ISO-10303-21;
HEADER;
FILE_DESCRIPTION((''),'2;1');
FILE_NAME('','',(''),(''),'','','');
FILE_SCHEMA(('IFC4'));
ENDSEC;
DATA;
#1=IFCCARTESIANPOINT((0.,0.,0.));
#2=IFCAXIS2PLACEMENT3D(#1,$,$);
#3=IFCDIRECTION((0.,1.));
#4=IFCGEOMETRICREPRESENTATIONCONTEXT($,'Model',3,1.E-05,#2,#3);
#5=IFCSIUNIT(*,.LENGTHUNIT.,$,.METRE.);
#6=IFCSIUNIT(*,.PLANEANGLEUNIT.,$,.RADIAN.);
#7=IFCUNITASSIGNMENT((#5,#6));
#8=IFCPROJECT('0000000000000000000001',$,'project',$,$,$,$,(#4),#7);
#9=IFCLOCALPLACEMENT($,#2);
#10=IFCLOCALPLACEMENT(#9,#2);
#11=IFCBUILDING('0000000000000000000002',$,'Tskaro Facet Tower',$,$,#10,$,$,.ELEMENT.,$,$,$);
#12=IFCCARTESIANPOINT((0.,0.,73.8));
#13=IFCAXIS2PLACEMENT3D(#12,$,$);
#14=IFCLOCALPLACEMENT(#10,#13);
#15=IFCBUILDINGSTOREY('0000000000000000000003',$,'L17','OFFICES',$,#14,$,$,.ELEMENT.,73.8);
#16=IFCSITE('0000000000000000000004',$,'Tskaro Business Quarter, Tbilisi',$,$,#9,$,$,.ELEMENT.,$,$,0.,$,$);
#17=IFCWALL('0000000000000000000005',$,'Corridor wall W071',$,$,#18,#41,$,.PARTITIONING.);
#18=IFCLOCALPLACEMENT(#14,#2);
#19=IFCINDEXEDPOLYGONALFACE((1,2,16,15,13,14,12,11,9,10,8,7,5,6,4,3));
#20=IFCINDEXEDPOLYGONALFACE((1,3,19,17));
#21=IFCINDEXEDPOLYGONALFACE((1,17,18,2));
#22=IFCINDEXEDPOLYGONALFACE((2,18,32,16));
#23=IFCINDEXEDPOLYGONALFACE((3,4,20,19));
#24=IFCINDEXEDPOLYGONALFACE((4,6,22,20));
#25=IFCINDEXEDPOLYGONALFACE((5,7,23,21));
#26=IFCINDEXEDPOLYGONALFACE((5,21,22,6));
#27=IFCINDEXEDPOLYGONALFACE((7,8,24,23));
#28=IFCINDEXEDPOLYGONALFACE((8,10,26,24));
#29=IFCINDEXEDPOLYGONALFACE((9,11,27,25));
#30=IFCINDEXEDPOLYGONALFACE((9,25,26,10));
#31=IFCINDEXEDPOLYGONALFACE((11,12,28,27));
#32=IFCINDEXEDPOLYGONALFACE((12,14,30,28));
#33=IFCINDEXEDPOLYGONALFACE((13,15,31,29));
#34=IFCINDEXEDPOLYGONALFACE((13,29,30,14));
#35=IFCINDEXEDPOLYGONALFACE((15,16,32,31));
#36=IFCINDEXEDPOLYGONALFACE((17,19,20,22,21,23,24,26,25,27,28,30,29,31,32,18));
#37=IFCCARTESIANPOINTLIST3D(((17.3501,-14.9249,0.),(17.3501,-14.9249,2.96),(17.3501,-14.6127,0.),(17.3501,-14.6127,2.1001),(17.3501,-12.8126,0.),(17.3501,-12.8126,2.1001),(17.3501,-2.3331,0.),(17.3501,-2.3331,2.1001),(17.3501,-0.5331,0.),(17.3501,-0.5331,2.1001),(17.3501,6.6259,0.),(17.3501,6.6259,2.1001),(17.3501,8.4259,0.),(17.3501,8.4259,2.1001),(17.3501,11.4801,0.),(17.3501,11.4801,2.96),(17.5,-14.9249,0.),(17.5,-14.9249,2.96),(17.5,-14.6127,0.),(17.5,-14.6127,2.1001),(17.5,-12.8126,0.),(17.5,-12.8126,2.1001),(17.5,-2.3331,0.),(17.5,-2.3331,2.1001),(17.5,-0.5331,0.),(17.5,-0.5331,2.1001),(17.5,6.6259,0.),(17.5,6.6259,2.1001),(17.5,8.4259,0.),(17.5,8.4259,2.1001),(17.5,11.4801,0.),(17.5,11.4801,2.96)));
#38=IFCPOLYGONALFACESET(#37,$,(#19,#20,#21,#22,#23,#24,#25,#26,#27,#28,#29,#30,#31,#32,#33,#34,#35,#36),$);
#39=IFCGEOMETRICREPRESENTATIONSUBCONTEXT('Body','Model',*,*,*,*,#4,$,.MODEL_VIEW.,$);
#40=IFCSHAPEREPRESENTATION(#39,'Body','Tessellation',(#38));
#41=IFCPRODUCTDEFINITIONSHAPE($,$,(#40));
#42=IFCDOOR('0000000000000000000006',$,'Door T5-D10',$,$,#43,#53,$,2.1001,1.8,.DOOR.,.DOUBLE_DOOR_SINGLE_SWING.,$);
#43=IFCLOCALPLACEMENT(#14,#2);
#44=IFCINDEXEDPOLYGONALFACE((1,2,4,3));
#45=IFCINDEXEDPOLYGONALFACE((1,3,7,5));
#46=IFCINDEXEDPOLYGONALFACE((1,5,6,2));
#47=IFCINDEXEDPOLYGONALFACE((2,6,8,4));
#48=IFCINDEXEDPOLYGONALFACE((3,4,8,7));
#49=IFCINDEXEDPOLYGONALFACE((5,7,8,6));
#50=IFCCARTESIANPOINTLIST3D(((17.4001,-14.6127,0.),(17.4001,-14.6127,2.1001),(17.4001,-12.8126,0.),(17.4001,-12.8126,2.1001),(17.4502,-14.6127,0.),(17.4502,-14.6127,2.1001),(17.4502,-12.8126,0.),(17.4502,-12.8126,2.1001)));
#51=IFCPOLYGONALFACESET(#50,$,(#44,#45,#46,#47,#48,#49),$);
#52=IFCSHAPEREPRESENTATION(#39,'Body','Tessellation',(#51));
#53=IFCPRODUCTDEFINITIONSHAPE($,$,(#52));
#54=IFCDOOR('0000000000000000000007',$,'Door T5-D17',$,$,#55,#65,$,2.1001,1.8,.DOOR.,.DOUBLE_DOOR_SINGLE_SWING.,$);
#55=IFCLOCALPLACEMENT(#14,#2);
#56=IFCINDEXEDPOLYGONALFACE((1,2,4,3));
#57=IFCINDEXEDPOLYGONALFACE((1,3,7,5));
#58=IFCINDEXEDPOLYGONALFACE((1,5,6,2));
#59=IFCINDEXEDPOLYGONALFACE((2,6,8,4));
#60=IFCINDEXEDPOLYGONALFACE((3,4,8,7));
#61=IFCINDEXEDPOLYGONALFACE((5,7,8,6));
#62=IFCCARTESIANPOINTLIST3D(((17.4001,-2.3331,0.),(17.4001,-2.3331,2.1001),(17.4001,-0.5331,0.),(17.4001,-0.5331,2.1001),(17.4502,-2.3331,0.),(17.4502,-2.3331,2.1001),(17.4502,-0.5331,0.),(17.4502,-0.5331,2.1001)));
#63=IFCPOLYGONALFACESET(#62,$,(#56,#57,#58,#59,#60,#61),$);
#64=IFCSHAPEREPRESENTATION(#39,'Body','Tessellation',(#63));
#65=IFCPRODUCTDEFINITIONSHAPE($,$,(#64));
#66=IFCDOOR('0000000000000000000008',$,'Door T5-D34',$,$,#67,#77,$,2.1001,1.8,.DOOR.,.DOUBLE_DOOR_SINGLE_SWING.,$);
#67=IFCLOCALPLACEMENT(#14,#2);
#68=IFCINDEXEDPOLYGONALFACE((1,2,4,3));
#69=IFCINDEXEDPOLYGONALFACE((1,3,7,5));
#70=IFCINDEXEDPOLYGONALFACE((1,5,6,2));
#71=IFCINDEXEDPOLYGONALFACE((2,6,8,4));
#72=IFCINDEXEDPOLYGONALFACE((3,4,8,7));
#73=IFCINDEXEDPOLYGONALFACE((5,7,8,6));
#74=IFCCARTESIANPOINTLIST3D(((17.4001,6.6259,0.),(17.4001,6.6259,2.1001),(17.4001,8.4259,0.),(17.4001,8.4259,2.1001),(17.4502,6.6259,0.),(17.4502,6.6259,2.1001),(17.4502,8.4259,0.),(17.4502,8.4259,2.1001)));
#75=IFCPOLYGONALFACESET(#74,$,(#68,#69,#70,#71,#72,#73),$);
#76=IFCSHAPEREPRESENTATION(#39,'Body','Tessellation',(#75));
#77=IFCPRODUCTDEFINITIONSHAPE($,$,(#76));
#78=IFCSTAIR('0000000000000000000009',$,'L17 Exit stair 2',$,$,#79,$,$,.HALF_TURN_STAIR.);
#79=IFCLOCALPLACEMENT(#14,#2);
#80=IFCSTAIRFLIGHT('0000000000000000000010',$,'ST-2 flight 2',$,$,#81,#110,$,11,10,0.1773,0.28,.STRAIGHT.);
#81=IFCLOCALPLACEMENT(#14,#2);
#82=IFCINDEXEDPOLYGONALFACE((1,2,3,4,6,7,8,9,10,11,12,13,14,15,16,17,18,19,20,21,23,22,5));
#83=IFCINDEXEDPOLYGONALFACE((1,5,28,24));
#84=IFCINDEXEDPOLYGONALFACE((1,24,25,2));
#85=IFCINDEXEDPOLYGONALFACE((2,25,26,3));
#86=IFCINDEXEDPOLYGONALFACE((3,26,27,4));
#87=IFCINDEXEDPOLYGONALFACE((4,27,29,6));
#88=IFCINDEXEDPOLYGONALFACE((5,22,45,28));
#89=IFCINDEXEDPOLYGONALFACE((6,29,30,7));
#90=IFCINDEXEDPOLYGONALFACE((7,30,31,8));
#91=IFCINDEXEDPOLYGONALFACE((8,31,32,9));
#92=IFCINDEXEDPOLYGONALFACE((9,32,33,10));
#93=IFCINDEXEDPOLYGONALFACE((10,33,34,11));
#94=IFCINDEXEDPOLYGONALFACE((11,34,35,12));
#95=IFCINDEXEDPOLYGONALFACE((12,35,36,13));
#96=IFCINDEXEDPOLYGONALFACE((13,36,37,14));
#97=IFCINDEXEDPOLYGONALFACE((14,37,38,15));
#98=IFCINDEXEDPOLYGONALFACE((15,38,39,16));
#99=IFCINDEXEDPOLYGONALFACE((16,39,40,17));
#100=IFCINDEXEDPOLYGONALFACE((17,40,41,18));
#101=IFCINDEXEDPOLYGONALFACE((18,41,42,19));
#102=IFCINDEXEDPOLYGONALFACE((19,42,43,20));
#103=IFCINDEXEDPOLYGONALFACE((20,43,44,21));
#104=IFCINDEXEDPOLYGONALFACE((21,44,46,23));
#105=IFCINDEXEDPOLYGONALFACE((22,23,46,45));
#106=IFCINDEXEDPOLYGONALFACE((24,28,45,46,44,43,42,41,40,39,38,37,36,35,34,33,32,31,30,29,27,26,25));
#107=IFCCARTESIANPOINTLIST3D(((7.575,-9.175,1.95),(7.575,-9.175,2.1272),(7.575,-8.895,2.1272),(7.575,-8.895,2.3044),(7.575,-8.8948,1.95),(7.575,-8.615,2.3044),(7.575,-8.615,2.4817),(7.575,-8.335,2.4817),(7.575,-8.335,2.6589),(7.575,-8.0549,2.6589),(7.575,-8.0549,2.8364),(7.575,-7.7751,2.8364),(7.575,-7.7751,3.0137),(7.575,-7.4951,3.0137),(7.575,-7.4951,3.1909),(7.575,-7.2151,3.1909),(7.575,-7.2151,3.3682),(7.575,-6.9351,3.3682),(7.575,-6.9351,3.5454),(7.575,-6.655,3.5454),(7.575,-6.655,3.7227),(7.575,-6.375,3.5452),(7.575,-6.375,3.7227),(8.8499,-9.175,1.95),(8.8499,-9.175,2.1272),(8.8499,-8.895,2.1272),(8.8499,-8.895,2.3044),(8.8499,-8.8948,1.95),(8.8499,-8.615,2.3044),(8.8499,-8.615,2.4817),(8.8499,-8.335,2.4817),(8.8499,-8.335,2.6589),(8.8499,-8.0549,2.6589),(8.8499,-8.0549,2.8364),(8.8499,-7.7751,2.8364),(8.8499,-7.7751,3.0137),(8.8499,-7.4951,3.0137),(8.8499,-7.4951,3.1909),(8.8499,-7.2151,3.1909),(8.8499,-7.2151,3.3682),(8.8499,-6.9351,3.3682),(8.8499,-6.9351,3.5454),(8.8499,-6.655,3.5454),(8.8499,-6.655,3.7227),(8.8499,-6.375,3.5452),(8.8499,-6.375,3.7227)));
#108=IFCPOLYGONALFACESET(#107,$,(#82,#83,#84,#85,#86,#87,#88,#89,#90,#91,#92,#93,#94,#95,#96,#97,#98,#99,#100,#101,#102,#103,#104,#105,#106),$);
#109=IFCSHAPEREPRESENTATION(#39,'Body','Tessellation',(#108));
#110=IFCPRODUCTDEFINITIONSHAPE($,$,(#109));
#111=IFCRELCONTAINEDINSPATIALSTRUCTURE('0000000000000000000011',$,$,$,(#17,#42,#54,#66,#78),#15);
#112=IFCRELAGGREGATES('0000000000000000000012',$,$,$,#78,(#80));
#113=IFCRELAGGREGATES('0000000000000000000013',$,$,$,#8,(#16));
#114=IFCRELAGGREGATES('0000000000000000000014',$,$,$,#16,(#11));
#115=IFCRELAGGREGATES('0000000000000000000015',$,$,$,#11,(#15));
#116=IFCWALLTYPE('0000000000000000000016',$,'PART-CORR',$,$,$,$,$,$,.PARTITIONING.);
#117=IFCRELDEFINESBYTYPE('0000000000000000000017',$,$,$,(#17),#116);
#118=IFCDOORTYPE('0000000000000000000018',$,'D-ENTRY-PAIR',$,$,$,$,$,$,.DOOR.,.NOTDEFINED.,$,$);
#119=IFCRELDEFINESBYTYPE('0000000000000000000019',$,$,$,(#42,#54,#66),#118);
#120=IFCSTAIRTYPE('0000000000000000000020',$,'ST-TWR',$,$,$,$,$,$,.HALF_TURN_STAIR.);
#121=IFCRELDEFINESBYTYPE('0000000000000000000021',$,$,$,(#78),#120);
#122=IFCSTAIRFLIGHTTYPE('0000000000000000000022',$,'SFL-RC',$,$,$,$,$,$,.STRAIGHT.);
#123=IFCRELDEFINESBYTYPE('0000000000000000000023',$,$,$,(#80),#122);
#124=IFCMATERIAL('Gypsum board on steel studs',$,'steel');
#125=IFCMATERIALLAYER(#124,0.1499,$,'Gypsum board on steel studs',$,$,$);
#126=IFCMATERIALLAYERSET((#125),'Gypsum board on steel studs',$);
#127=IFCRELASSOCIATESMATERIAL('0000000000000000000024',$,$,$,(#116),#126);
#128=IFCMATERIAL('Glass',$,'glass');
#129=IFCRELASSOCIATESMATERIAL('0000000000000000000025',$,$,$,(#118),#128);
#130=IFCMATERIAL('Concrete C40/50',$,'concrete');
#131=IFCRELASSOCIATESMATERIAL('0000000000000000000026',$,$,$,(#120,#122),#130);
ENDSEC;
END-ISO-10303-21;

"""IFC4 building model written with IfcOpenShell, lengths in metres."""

from ifc_helpers import new_model, si_unit, direction, frame, frame_2d, origin, place, context, subcontext, project, spatial, polyline, rectangle, outline, extrude, material, layer, layer_set, type_object, element, fill, aggregate, save


model = new_model("IFC4")

# Units and contexts
model_context = context("Model", 3, precision=1e-05, world=origin(), true_north=direction((0.0, 1.0)))
body_context = subcontext(model_context, "Body", "Model", "MODEL_VIEW")
ifc_project = project(units=[si_unit("LENGTHUNIT", "METRE"), si_unit("PLANEANGLEUNIT", "RADIAN")], contexts=[model_context])

# Site, building, storey
site_placement = place(None, origin())
site = spatial("IfcSite", under=ifc_project, at=site_placement, Name="Tskaro Business Quarter, Tbilisi", CompositionType="ELEMENT", RefElevation=0.0)
building_placement = place(site_placement, origin())
building = spatial("IfcBuilding", under=site, at=building_placement, Name="Tskaro Facet Tower", CompositionType="ELEMENT")
storey_placement = place(building_placement, frame((0.0, 0.0, 73.8)))
storey = spatial("IfcBuildingStorey", under=building, at=storey_placement, Name="L17", Description="OFFICES", CompositionType="ELEMENT", Elevation=73.8)

# Shared definitions
ifc_material_1 = material(Name="Concrete C40/50", Category="concrete")

# Wall, openings, doors
ifc_material_2 = material(Name="Gypsum board on steel studs", Category="steel")
ifc_layer_1 = layer(ifc_material_2, 0.1499, Name="Gypsum board on steel studs")
ifc_layer_set_1 = layer_set([ifc_layer_1], Name="Gypsum board on steel studs")
wall_type_1 = type_object("IfcWallType", Name="PART-CORR", PredefinedType="PARTITIONING", material=ifc_layer_set_1)
wall_1_placement = place(storey_placement, frame((17.425, -14.925, 0.0), z_axis=(0.0, 0.0, 1.0), x_axis=(0.0, 1.0, 0.0)))
wall_1 = element("IfcWall", 1, at=wall_1_placement, inside=storey, type_object=wall_type_1, Name="Corridor wall W071", PredefinedType="PARTITIONING", context=body_context, shape_type="SweptSolid", body=[
    extrude(rectangle(XDim=26.405, YDim=0.1499, at=frame_2d((13.2026, 0.0))), origin(), (0.0, 0.0, 1.0), 2.96),
])
opening_1_placement = place(wall_1_placement, frame((0.3125, 0.0, 0.0)))
opening_1 = element("IfcOpeningElement", 2, at=opening_1_placement, cuts=wall_1, PredefinedType="OPENING", context=body_context, shape_type="SweptSolid", body=[
    extrude(rectangle(XDim=1.8, YDim=2.1001, at=frame_2d((0.8999, 1.05))), frame((0.0, 0.085, 0.0), z_axis=(0.0, -1.0, 0.0), x_axis=(1.0, 0.0, 0.0)), (0.0, 0.0, 1.0), 0.1699),
])
opening_2_placement = place(wall_1_placement, frame((12.592, 0.0, 0.0)))
opening_2 = element("IfcOpeningElement", 3, at=opening_2_placement, cuts=wall_1, PredefinedType="OPENING", context=body_context, shape_type="SweptSolid", body=[
    extrude(rectangle(XDim=1.8, YDim=2.1001, at=frame_2d((0.8999, 1.05))), frame((0.0, 0.085, 0.0), z_axis=(0.0, -1.0, 0.0), x_axis=(1.0, 0.0, 0.0)), (0.0, 0.0, 1.0), 0.1699),
])
opening_3_placement = place(wall_1_placement, frame((21.551, 0.0, 0.0)))
opening_3 = element("IfcOpeningElement", 4, at=opening_3_placement, cuts=wall_1, PredefinedType="OPENING", context=body_context, shape_type="SweptSolid", body=[
    extrude(rectangle(XDim=1.8, YDim=2.1001, at=frame_2d((0.8999, 1.05))), frame((0.0, 0.085, 0.0), z_axis=(0.0, -1.0, 0.0), x_axis=(1.0, 0.0, 0.0)), (0.0, 0.0, 1.0), 0.1699),
])
ifc_material_3 = material(Name="Glass", Category="glass")
door_type_1 = type_object("IfcDoorType", Name="D-ENTRY-PAIR", OperationType="NOTDEFINED", PredefinedType="DOOR", material=ifc_material_3)
door_1_placement = place(opening_1_placement, origin())
door_1 = element("IfcDoor", 5, at=door_1_placement, inside=storey, type_object=door_type_1, Name="Door T5-D10", OperationType="DOUBLE_DOOR_SINGLE_SWING", OverallHeight=2.1001, OverallWidth=1.8, PredefinedType="DOOR", context=body_context, shape_type="SweptSolid", body=[
    extrude(rectangle(XDim=1.8, YDim=2.1001, at=frame_2d((0.8999, 1.05))), frame((0.0, 0.0249, 0.0), z_axis=(0.0, -1.0, 0.0), x_axis=(1.0, 0.0, 0.0)), (0.0, 0.0, 1.0), 0.05),
])
fill(opening_1, door_1)
door_2_placement = place(opening_2_placement, origin())
door_2 = element("IfcDoor", 6, at=door_2_placement, inside=storey, type_object=door_type_1, Name="Door T5-D17", OperationType="DOUBLE_DOOR_SINGLE_SWING", OverallHeight=2.1001, OverallWidth=1.8, PredefinedType="DOOR", context=body_context, shape_type="SweptSolid", body=[
    extrude(rectangle(XDim=1.8, YDim=2.1001, at=frame_2d((0.8999, 1.05))), frame((0.0, 0.0249, 0.0), z_axis=(0.0, -1.0, 0.0), x_axis=(1.0, 0.0, 0.0)), (0.0, 0.0, 1.0), 0.05),
])
fill(opening_2, door_2)
door_3_placement = place(opening_3_placement, origin())
door_3 = element("IfcDoor", 7, at=door_3_placement, inside=storey, type_object=door_type_1, Name="Door T5-D34", OperationType="DOUBLE_DOOR_SINGLE_SWING", OverallHeight=2.1001, OverallWidth=1.8, PredefinedType="DOOR", context=body_context, shape_type="SweptSolid", body=[
    extrude(rectangle(XDim=1.8, YDim=2.1001, at=frame_2d((0.8999, 1.05))), frame((0.0, 0.0249, 0.0), z_axis=(0.0, -1.0, 0.0), x_axis=(1.0, 0.0, 0.0)), (0.0, 0.0, 1.0), 0.05),
])
fill(opening_3, door_3)

# Stair, stair flight
stair_type = type_object("IfcStairType", Name="ST-TWR", PredefinedType="HALF_TURN_STAIR", material=ifc_material_1)
stair_placement = place(storey_placement, origin())
stair = element("IfcStair", 8, at=stair_placement, inside=storey, type_object=stair_type, Name="L17 Exit stair 2", PredefinedType="HALF_TURN_STAIR")
stair_flight_type = type_object("IfcStairFlightType", Name="SFL-RC", PredefinedType="STRAIGHT", material=ifc_material_1)
stair_flight_placement = place(storey_placement, frame((8.2124, -9.175, 1.95), z_axis=(0.0, 0.0, 1.0), x_axis=(0.0, 1.0, 0.0)))
stair_flight = element("IfcStairFlight", 9, at=stair_flight_placement, type_object=stair_flight_type, Name="ST-2 flight 2", NumberOfRisers=11, NumberOfTreads=10, PredefinedType="STRAIGHT", RiserHeight=0.1773, TreadLength=0.28, context=body_context, shape_type="SweptSolid", body=[
    extrude(outline(polyline([(0.0, 0.0), (0.0, 0.1772), (0.28, 0.1772), (0.28, 0.3545), (0.5601, 0.3545), (0.5601, 0.5317), (0.8401, 0.5317), (0.8401, 0.709), (1.1201, 0.709), (1.1201, 0.8865), (1.3999, 0.8865), (1.3999, 1.0637), (1.6799, 1.0637), (1.6799, 1.241), (1.96, 1.241), (1.96, 1.4182), (2.24, 1.4182), (2.24, 1.5955), (2.52, 1.5955), (2.52, 1.7727), (2.8, 1.7727), (2.8, 1.95), (2.8, 1.5952), (0.2803, 0.0), (0.0, 0.0)])), frame((0.0, 0.6375, 0.0), z_axis=(0.0, -1.0, 0.0), x_axis=(1.0, 0.0, 0.0)), (0.0, 0.0, 1.0), 1.2749),
])
aggregate(stair, [stair_flight])

save(model, "model.ifc")
